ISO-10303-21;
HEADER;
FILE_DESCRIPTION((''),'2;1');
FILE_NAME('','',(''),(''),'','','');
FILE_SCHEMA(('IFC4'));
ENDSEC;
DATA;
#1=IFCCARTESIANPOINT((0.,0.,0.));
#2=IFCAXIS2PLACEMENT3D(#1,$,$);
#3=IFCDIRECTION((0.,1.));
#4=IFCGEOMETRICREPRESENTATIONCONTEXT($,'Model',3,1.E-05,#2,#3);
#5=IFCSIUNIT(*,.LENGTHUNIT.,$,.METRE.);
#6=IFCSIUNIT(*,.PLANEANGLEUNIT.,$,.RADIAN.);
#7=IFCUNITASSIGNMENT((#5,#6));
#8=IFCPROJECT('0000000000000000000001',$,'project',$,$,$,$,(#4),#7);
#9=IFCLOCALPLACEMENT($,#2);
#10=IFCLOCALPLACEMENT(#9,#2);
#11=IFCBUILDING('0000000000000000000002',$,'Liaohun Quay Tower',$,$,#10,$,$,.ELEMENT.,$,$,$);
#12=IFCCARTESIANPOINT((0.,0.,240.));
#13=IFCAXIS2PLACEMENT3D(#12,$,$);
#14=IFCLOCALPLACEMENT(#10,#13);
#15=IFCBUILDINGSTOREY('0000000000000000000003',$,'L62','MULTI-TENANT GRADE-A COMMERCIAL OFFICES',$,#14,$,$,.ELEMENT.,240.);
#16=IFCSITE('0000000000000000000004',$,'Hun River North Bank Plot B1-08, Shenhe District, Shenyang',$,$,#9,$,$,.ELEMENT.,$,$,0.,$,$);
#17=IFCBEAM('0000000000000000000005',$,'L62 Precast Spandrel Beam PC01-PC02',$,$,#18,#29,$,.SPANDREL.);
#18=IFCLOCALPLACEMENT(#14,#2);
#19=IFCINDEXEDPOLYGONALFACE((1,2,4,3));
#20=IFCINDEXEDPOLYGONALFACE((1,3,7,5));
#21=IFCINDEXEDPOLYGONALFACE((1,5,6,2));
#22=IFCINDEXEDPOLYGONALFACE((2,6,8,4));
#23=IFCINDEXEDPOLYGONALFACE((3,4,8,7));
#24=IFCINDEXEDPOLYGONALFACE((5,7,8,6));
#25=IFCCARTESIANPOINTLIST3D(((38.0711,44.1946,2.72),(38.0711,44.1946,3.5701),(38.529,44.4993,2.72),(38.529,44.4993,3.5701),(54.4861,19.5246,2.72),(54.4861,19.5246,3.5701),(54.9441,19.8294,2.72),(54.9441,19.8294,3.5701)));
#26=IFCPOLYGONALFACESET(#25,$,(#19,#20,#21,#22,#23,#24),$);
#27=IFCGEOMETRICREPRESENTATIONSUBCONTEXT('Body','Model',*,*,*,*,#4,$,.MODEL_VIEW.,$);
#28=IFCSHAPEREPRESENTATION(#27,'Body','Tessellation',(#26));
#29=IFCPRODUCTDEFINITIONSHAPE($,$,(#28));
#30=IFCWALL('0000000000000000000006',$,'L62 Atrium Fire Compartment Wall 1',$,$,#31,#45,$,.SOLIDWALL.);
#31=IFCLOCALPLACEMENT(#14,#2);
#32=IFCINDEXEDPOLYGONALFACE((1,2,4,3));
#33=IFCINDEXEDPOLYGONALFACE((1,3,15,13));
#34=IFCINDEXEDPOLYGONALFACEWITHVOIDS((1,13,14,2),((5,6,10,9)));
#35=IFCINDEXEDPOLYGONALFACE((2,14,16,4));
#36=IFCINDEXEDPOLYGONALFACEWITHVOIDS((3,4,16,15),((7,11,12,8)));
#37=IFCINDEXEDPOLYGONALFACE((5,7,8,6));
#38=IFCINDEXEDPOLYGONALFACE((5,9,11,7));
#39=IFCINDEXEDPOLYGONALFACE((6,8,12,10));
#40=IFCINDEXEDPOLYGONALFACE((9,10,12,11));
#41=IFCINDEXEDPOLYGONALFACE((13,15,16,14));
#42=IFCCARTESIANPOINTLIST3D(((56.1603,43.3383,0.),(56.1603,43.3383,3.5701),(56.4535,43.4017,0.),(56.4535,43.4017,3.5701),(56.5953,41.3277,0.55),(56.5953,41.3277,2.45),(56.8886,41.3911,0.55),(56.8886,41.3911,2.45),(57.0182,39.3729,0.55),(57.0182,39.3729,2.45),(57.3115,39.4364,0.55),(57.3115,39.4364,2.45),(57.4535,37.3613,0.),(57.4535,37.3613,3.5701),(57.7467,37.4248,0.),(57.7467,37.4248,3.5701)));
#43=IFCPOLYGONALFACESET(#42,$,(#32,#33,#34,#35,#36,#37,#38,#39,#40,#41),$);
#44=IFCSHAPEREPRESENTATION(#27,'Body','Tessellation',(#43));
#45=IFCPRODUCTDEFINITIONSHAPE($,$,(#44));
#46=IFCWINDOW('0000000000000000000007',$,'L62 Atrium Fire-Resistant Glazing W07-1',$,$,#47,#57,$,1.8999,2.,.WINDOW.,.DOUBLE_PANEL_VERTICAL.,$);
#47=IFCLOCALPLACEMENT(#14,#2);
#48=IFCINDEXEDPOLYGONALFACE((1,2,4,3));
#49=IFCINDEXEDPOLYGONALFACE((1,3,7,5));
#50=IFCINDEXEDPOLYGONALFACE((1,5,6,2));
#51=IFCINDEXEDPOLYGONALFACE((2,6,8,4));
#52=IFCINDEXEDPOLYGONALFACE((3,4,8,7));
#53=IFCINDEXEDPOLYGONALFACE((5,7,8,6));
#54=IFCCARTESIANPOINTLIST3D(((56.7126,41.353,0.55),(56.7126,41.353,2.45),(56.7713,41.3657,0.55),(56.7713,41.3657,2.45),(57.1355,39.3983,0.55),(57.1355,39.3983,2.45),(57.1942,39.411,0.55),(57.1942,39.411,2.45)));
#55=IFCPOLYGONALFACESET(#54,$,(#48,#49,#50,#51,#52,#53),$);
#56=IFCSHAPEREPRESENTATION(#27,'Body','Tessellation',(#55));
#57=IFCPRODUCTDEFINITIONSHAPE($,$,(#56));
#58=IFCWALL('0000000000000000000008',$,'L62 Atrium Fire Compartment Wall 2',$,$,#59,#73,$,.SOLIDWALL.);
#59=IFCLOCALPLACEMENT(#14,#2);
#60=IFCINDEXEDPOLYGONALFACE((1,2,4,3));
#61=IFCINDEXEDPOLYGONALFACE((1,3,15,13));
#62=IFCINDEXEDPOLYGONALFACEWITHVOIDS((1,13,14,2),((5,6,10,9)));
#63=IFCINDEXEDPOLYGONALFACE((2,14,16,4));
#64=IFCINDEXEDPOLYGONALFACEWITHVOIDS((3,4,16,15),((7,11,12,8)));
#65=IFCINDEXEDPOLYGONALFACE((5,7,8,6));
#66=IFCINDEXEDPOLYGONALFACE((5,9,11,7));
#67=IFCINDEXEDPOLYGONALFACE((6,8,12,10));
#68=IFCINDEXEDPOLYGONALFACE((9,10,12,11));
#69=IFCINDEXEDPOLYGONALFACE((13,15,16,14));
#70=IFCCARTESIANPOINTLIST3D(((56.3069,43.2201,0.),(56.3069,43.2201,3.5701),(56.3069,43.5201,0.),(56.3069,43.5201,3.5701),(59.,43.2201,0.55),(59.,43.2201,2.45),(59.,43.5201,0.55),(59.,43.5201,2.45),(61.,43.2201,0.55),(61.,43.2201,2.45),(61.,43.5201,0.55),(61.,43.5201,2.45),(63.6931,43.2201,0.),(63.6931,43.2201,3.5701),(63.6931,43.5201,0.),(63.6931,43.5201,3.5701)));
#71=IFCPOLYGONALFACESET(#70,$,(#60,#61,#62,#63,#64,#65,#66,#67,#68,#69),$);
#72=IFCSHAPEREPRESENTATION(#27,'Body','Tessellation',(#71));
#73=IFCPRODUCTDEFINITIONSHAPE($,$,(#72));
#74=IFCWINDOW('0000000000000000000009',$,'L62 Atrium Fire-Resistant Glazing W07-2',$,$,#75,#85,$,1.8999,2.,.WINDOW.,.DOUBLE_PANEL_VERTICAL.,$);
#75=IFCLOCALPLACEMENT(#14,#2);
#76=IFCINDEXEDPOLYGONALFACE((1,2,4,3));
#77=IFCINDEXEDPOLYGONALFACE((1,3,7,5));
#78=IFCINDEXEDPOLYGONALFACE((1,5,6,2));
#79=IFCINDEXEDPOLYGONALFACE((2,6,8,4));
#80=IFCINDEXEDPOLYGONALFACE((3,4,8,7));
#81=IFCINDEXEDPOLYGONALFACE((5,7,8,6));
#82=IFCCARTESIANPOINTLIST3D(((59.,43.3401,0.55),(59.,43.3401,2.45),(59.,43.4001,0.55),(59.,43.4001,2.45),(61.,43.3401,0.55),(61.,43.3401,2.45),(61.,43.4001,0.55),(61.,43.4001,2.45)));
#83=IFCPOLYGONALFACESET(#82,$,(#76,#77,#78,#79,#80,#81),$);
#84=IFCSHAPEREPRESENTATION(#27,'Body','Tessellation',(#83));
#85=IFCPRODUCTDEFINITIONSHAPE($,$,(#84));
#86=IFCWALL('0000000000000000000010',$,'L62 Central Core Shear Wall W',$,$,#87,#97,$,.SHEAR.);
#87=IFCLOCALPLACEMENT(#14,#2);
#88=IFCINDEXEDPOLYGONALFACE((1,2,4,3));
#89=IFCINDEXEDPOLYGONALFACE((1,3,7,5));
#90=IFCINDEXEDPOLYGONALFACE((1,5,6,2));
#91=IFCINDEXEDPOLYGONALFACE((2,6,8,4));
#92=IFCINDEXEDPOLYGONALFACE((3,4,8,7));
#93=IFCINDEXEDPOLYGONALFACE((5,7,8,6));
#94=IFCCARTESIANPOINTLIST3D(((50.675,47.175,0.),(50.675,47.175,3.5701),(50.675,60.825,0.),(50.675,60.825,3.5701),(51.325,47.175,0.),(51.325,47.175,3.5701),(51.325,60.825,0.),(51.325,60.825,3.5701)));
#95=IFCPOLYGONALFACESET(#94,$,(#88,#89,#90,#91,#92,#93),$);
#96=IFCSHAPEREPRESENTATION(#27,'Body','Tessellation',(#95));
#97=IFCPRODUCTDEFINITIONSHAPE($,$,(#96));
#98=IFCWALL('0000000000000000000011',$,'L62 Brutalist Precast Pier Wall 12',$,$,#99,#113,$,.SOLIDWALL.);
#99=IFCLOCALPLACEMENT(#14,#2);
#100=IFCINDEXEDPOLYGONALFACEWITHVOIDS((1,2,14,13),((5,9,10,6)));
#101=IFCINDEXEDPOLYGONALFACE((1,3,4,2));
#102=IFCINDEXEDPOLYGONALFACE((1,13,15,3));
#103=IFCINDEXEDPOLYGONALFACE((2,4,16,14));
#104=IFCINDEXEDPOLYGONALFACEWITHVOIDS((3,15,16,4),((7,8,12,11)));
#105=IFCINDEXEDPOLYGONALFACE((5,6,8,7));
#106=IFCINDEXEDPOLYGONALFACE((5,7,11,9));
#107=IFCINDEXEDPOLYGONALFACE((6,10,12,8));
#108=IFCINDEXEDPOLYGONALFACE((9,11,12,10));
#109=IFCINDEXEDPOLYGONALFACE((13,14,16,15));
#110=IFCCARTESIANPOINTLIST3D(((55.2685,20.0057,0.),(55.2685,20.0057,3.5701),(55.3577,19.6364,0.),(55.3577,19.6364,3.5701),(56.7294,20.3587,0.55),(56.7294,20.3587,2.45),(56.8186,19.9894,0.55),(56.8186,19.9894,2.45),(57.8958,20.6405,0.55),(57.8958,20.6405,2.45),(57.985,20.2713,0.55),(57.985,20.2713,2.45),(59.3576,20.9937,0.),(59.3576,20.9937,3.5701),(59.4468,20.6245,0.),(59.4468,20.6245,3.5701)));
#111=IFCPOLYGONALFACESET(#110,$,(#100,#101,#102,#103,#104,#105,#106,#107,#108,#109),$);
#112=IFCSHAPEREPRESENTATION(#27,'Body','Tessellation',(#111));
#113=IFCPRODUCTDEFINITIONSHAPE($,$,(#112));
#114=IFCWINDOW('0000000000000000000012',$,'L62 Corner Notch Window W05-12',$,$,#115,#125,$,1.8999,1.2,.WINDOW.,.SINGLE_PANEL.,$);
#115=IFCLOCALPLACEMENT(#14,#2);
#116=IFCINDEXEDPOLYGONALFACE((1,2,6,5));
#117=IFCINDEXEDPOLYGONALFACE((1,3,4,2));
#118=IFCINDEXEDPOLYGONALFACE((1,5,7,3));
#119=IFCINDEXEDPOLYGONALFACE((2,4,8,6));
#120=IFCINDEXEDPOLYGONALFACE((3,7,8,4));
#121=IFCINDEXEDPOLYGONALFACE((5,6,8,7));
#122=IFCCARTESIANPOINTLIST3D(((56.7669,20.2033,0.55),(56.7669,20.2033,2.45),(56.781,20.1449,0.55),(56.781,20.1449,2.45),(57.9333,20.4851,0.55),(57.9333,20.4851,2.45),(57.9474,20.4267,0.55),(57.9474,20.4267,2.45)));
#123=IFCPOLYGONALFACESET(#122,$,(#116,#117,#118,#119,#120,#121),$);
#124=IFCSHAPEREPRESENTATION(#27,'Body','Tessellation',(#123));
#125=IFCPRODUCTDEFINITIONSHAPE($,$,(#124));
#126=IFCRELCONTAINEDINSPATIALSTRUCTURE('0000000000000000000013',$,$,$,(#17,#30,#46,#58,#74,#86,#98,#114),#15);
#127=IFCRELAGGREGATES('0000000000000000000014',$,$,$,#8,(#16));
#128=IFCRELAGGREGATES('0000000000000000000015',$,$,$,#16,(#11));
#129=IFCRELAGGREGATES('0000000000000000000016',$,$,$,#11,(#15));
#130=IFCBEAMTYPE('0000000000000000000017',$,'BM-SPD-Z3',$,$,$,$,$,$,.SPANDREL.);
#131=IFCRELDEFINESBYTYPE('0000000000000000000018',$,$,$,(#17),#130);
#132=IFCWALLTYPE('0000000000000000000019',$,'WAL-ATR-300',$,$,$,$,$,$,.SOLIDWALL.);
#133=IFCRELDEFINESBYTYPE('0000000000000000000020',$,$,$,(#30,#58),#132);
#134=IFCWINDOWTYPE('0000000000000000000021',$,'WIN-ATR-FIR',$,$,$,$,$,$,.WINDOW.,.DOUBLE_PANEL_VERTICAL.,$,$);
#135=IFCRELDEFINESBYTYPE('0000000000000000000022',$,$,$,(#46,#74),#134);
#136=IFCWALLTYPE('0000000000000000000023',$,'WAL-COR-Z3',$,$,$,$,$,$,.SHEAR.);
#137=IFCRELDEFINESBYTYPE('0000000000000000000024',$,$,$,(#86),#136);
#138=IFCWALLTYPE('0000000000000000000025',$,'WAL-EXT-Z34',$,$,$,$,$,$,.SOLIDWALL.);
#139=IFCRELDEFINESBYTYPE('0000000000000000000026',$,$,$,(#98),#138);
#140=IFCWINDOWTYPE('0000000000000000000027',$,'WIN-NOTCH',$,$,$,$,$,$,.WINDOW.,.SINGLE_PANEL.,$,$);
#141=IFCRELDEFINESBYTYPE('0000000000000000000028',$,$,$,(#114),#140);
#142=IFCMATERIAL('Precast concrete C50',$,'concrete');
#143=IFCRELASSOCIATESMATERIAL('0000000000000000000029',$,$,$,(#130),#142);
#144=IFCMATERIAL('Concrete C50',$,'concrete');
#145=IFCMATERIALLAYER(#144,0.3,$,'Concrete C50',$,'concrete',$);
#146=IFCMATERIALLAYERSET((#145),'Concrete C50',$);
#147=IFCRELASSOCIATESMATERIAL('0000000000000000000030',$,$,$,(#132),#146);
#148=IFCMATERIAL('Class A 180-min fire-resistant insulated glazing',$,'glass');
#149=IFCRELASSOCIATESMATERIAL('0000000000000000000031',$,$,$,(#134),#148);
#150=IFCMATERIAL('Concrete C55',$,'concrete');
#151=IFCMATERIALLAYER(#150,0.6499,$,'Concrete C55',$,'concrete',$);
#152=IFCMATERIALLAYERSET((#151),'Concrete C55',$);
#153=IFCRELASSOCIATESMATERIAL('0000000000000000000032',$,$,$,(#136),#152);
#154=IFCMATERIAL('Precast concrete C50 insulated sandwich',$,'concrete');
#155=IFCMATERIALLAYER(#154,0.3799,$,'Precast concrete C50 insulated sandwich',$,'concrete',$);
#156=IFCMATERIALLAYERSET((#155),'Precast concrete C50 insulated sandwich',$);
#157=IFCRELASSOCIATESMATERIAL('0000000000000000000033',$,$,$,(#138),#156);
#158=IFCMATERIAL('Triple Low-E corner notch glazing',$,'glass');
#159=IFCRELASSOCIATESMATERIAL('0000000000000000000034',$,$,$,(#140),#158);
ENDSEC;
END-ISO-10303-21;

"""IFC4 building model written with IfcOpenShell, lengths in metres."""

from ifc_helpers import new_model, si_unit, direction, frame, frame_2d, origin, origin_2d, place, context, subcontext, project, spatial, rectangle, extrude, source, transform, mapped, material, layer, layer_set, material_profile, profile_set, type_object, element, fill, save


model = new_model("IFC4")

# Units and contexts
model_context = context("Model", 3, precision=1e-05, world=origin(), true_north=direction((0.0, 1.0)))
body_context = subcontext(model_context, "Body", "Model", "MODEL_VIEW")
ifc_project = project(units=[si_unit("LENGTHUNIT", "METRE"), si_unit("PLANEANGLEUNIT", "RADIAN")], contexts=[model_context])

# Site, building, storey
site_placement = place(None, origin())
site = spatial("IfcSite", under=ifc_project, at=site_placement, Name="Hun River North Bank Plot B1-08, Shenhe District, Shenyang", CompositionType="ELEMENT", RefElevation=0.0)
building_placement = place(site_placement, origin())
building = spatial("IfcBuilding", under=site, at=building_placement, Name="Liaohun Quay Tower", CompositionType="ELEMENT")
storey_placement = place(building_placement, frame((0.0, 0.0, 240.0)))
storey = spatial("IfcBuildingStorey", under=building, at=storey_placement, Name="L62", Description="MULTI-TENANT GRADE-A COMMERCIAL OFFICES", CompositionType="ELEMENT", Elevation=240.0)

# Shared definitions
ifc_material_1 = material(Name="Concrete C55", Category="concrete")

# Beam
ifc_material_2 = material(Name="Precast concrete C50", Category="concrete")
ifc_material_profile_1 = material_profile(ifc_material_2, rectangle(XDim=0.55, YDim=0.8501, at=origin_2d()), Name="RC550x850")
ifc_profile_set_1 = profile_set([ifc_material_profile_1], Name="Precast concrete C50")
beam_type_1 = type_object("IfcBeamType", Name="BM-SPD-Z3", PredefinedType="SPANDREL", material=ifc_profile_set_1)
shared_shape_1 = source(origin(), body_context, "Body", "SweptSolid", [
    extrude(rectangle(XDim=0.55, YDim=0.8501, at=origin_2d()), origin(), (0.0, 0.0, 1.0), 29.6321),
])
beam_1_placement = place(storey_placement, frame((54.7151, 19.677, 3.145), z_axis=(-0.553962, 0.832542, 0.0), x_axis=(-0.832542, -0.553962, 0.0)))
element("IfcBeam", 1, at=beam_1_placement, inside=storey, type_object=beam_type_1, Name="L62 Precast Spandrel Beam PC01-PC02", PredefinedType="SPANDREL", context=body_context, shape_type="MappedRepresentation", body=[
    mapped(shared_shape_1, transform((0.0, 0.0, 0.0), x_axis=(1.0, 0.0, 0.0), y_axis=(0.0, 1.0, 0.0), z_axis=(0.0, 0.0, 1.0), scale=1.0)),
])

# Walls, openings, windows
ifc_material_3 = material(Name="Concrete C50", Category="concrete")
ifc_layer_1 = layer(ifc_material_3, 0.3, Name="Concrete C50", Category="concrete")
ifc_layer_set_1 = layer_set([ifc_layer_1], Name="Concrete C50")
wall_type_1 = type_object("IfcWallType", Name="WAL-ATR-300", PredefinedType="SOLIDWALL", material=ifc_layer_set_1)
wall_1_placement = place(storey_placement, frame((57.6001, 37.3931, 0.0), z_axis=(0.0, 0.0, 1.0), x_axis=(-0.21147, 0.977385, 0.0)))
wall_1 = element("IfcWall", 2, at=wall_1_placement, inside=storey, type_object=wall_type_1, Name="L62 Atrium Fire Compartment Wall 1", PredefinedType="SOLIDWALL", context=body_context, shape_type="SweptSolid", body=[
    extrude(rectangle(XDim=6.1152, YDim=0.3, at=frame_2d((3.0576, 0.0))), origin(), (0.0, 0.0, 1.0), 3.5701),
])
shared_shape_2 = source(origin(), body_context, "Body", "SweptSolid", [
    extrude(rectangle(XDim=2.0, YDim=1.8999, at=frame_2d((1.0, 0.95))), frame((0.0, 0.1599, 0.0), z_axis=(0.0, -1.0, 0.0), x_axis=(1.0, 0.0, 0.0)), (0.0, 0.0, 1.0), 0.3201),
])
opening_1_placement = place(wall_1_placement, frame((2.0581, 0.0, 0.55)))
opening_1 = element("IfcOpeningElement", 3, at=opening_1_placement, cuts=wall_1, PredefinedType="OPENING", context=body_context, shape_type="MappedRepresentation", body=[
    mapped(shared_shape_2, transform((0.0, 0.0, 0.0), x_axis=(1.0, 0.0, 0.0), y_axis=(0.0, 1.0, 0.0), z_axis=(0.0, 0.0, 1.0), scale=1.0)),
])
ifc_material_4 = material(Name="Class A 180-min fire-resistant insulated glazing", Category="glass")
window_type_1 = type_object("IfcWindowType", Name="WIN-ATR-FIR", PartitioningType="DOUBLE_PANEL_VERTICAL", PredefinedType="WINDOW", material=ifc_material_4)
shared_shape_3 = source(origin(), body_context, "Body", "SweptSolid", [
    extrude(rectangle(XDim=2.0, YDim=1.8999, at=frame_2d((1.0, 0.95))), frame((0.0, 0.03, 0.0), z_axis=(0.0, -1.0, 0.0), x_axis=(1.0, 0.0, 0.0)), (0.0, 0.0, 1.0), 0.0601),
])
window_1_placement = place(opening_1_placement, origin())
window_1 = element("IfcWindow", 4, at=window_1_placement, inside=storey, type_object=window_type_1, Name="L62 Atrium Fire-Resistant Glazing W07-1", OverallHeight=1.8999, OverallWidth=2.0, PartitioningType="DOUBLE_PANEL_VERTICAL", PredefinedType="WINDOW", context=body_context, shape_type="MappedRepresentation", body=[
    mapped(shared_shape_3, transform((0.0, 0.0, 0.0), x_axis=(1.0, 0.0, 0.0), y_axis=(0.0, 1.0, 0.0), z_axis=(0.0, 0.0, 1.0), scale=1.0)),
])
fill(opening_1, window_1)
wall_2_placement = place(storey_placement, frame((56.3069, 43.3701, 0.0), z_axis=(0.0, 0.0, 1.0), x_axis=(1.0, 0.0, 0.0)))
wall_2 = element("IfcWall", 5, at=wall_2_placement, inside=storey, type_object=wall_type_1, Name="L62 Atrium Fire Compartment Wall 2", PredefinedType="SOLIDWALL", context=body_context, shape_type="SweptSolid", body=[
    extrude(rectangle(XDim=7.3862, YDim=0.3, at=frame_2d((3.6931, 0.0))), origin(), (0.0, 0.0, 1.0), 3.5701),
])
opening_2_placement = place(wall_2_placement, frame((2.6931, 0.0, 0.55)))
opening_2 = element("IfcOpeningElement", 6, at=opening_2_placement, cuts=wall_2, PredefinedType="OPENING", context=body_context, shape_type="MappedRepresentation", body=[
    mapped(shared_shape_2, transform((0.0, 0.0, 0.0), x_axis=(1.0, 0.0, 0.0), y_axis=(0.0, 1.0, 0.0), z_axis=(0.0, 0.0, 1.0), scale=1.0)),
])
window_2_placement = place(opening_2_placement, origin())
window_2 = element("IfcWindow", 7, at=window_2_placement, inside=storey, type_object=window_type_1, Name="L62 Atrium Fire-Resistant Glazing W07-2", OverallHeight=1.8999, OverallWidth=2.0, PartitioningType="DOUBLE_PANEL_VERTICAL", PredefinedType="WINDOW", context=body_context, shape_type="MappedRepresentation", body=[
    mapped(shared_shape_3, transform((0.0, 0.0, 0.0), x_axis=(1.0, 0.0, 0.0), y_axis=(0.0, 1.0, 0.0), z_axis=(0.0, 0.0, 1.0), scale=1.0)),
])
fill(opening_2, window_2)

# Wall
ifc_layer_2 = layer(ifc_material_1, 0.6499, Name="Concrete C55", Category="concrete")
ifc_layer_set_2 = layer_set([ifc_layer_2], Name="Concrete C55")
wall_type_2 = type_object("IfcWallType", Name="WAL-COR-Z3", PredefinedType="SHEAR", material=ifc_layer_set_2)
wall_3_placement = place(storey_placement, frame((51.0, 47.175, 0.0), z_axis=(0.0, 0.0, 1.0), x_axis=(0.0, 1.0, 0.0)))
element("IfcWall", 8, at=wall_3_placement, inside=storey, type_object=wall_type_2, Name="L62 Central Core Shear Wall W", PredefinedType="SHEAR", context=body_context, shape_type="SweptSolid", body=[
    extrude(rectangle(XDim=13.6499, YDim=0.6499, at=frame_2d((6.825, 0.0))), origin(), (0.0, 0.0, 1.0), 3.5701),
])

# Wall, opening, window
ifc_material_5 = material(Name="Precast concrete C50 insulated sandwich", Category="concrete")
ifc_layer_3 = layer(ifc_material_5, 0.3799, Name="Precast concrete C50 insulated sandwich", Category="concrete")
ifc_layer_set_3 = layer_set([ifc_layer_3], Name="Precast concrete C50 insulated sandwich")
wall_type_3 = type_object("IfcWallType", Name="WAL-EXT-Z34", PredefinedType="SOLIDWALL", material=ifc_layer_set_3)
wall_4_placement = place(storey_placement, frame((55.313, 19.821, 0.0), z_axis=(0.0, 0.0, 1.0), x_axis=(0.972027, 0.234867, 0.0)))
wall_4 = element("IfcWall", 9, at=wall_4_placement, inside=storey, type_object=wall_type_3, Name="L62 Brutalist Precast Pier Wall 12", PredefinedType="SOLIDWALL", context=body_context, shape_type="SweptSolid", body=[
    extrude(rectangle(XDim=4.2068, YDim=0.3799, at=frame_2d((2.1035, 0.0))), origin(), (0.0, 0.0, 1.0), 3.5701),
])
shared_shape_4 = source(origin(), body_context, "Body", "SweptSolid", [
    extrude(rectangle(XDim=1.2, YDim=1.8999, at=frame_2d((0.6001, 0.95))), frame((0.0, 0.2, 0.0), z_axis=(0.0, -1.0, 0.0), x_axis=(1.0, 0.0, 0.0)), (0.0, 0.0, 1.0), 0.3999),
])
opening_3_placement = place(wall_4_placement, frame((1.5029, 0.0, 0.55)))
opening_3 = element("IfcOpeningElement", 10, at=opening_3_placement, cuts=wall_4, PredefinedType="OPENING", context=body_context, shape_type="MappedRepresentation", body=[
    mapped(shared_shape_4, transform((0.0, 0.0, 0.0), x_axis=(1.0, 0.0, 0.0), y_axis=(0.0, 1.0, 0.0), z_axis=(0.0, 0.0, 1.0), scale=1.0)),
])
ifc_material_6 = material(Name="Triple Low-E corner notch glazing", Category="glass")
window_type_2 = type_object("IfcWindowType", Name="WIN-NOTCH", PartitioningType="SINGLE_PANEL", PredefinedType="WINDOW", material=ifc_material_6)
shared_shape_5 = source(origin(), body_context, "Body", "SweptSolid", [
    extrude(rectangle(XDim=1.2, YDim=1.8999, at=frame_2d((0.6001, 0.95))), frame((0.0, 0.03, 0.0), z_axis=(0.0, -1.0, 0.0), x_axis=(1.0, 0.0, 0.0)), (0.0, 0.0, 1.0), 0.0601),
])
window_3_placement = place(opening_3_placement, origin())
window_3 = element("IfcWindow", 11, at=window_3_placement, inside=storey, type_object=window_type_2, Name="L62 Corner Notch Window W05-12", OverallHeight=1.8999, OverallWidth=1.2, PartitioningType="SINGLE_PANEL", PredefinedType="WINDOW", context=body_context, shape_type="MappedRepresentation", body=[
    mapped(shared_shape_5, transform((0.0, 0.0, 0.0), x_axis=(1.0, 0.0, 0.0), y_axis=(0.0, 1.0, 0.0), z_axis=(0.0, 0.0, 1.0), scale=1.0)),
])
fill(opening_3, window_3)

save(model, "model.ifc")
